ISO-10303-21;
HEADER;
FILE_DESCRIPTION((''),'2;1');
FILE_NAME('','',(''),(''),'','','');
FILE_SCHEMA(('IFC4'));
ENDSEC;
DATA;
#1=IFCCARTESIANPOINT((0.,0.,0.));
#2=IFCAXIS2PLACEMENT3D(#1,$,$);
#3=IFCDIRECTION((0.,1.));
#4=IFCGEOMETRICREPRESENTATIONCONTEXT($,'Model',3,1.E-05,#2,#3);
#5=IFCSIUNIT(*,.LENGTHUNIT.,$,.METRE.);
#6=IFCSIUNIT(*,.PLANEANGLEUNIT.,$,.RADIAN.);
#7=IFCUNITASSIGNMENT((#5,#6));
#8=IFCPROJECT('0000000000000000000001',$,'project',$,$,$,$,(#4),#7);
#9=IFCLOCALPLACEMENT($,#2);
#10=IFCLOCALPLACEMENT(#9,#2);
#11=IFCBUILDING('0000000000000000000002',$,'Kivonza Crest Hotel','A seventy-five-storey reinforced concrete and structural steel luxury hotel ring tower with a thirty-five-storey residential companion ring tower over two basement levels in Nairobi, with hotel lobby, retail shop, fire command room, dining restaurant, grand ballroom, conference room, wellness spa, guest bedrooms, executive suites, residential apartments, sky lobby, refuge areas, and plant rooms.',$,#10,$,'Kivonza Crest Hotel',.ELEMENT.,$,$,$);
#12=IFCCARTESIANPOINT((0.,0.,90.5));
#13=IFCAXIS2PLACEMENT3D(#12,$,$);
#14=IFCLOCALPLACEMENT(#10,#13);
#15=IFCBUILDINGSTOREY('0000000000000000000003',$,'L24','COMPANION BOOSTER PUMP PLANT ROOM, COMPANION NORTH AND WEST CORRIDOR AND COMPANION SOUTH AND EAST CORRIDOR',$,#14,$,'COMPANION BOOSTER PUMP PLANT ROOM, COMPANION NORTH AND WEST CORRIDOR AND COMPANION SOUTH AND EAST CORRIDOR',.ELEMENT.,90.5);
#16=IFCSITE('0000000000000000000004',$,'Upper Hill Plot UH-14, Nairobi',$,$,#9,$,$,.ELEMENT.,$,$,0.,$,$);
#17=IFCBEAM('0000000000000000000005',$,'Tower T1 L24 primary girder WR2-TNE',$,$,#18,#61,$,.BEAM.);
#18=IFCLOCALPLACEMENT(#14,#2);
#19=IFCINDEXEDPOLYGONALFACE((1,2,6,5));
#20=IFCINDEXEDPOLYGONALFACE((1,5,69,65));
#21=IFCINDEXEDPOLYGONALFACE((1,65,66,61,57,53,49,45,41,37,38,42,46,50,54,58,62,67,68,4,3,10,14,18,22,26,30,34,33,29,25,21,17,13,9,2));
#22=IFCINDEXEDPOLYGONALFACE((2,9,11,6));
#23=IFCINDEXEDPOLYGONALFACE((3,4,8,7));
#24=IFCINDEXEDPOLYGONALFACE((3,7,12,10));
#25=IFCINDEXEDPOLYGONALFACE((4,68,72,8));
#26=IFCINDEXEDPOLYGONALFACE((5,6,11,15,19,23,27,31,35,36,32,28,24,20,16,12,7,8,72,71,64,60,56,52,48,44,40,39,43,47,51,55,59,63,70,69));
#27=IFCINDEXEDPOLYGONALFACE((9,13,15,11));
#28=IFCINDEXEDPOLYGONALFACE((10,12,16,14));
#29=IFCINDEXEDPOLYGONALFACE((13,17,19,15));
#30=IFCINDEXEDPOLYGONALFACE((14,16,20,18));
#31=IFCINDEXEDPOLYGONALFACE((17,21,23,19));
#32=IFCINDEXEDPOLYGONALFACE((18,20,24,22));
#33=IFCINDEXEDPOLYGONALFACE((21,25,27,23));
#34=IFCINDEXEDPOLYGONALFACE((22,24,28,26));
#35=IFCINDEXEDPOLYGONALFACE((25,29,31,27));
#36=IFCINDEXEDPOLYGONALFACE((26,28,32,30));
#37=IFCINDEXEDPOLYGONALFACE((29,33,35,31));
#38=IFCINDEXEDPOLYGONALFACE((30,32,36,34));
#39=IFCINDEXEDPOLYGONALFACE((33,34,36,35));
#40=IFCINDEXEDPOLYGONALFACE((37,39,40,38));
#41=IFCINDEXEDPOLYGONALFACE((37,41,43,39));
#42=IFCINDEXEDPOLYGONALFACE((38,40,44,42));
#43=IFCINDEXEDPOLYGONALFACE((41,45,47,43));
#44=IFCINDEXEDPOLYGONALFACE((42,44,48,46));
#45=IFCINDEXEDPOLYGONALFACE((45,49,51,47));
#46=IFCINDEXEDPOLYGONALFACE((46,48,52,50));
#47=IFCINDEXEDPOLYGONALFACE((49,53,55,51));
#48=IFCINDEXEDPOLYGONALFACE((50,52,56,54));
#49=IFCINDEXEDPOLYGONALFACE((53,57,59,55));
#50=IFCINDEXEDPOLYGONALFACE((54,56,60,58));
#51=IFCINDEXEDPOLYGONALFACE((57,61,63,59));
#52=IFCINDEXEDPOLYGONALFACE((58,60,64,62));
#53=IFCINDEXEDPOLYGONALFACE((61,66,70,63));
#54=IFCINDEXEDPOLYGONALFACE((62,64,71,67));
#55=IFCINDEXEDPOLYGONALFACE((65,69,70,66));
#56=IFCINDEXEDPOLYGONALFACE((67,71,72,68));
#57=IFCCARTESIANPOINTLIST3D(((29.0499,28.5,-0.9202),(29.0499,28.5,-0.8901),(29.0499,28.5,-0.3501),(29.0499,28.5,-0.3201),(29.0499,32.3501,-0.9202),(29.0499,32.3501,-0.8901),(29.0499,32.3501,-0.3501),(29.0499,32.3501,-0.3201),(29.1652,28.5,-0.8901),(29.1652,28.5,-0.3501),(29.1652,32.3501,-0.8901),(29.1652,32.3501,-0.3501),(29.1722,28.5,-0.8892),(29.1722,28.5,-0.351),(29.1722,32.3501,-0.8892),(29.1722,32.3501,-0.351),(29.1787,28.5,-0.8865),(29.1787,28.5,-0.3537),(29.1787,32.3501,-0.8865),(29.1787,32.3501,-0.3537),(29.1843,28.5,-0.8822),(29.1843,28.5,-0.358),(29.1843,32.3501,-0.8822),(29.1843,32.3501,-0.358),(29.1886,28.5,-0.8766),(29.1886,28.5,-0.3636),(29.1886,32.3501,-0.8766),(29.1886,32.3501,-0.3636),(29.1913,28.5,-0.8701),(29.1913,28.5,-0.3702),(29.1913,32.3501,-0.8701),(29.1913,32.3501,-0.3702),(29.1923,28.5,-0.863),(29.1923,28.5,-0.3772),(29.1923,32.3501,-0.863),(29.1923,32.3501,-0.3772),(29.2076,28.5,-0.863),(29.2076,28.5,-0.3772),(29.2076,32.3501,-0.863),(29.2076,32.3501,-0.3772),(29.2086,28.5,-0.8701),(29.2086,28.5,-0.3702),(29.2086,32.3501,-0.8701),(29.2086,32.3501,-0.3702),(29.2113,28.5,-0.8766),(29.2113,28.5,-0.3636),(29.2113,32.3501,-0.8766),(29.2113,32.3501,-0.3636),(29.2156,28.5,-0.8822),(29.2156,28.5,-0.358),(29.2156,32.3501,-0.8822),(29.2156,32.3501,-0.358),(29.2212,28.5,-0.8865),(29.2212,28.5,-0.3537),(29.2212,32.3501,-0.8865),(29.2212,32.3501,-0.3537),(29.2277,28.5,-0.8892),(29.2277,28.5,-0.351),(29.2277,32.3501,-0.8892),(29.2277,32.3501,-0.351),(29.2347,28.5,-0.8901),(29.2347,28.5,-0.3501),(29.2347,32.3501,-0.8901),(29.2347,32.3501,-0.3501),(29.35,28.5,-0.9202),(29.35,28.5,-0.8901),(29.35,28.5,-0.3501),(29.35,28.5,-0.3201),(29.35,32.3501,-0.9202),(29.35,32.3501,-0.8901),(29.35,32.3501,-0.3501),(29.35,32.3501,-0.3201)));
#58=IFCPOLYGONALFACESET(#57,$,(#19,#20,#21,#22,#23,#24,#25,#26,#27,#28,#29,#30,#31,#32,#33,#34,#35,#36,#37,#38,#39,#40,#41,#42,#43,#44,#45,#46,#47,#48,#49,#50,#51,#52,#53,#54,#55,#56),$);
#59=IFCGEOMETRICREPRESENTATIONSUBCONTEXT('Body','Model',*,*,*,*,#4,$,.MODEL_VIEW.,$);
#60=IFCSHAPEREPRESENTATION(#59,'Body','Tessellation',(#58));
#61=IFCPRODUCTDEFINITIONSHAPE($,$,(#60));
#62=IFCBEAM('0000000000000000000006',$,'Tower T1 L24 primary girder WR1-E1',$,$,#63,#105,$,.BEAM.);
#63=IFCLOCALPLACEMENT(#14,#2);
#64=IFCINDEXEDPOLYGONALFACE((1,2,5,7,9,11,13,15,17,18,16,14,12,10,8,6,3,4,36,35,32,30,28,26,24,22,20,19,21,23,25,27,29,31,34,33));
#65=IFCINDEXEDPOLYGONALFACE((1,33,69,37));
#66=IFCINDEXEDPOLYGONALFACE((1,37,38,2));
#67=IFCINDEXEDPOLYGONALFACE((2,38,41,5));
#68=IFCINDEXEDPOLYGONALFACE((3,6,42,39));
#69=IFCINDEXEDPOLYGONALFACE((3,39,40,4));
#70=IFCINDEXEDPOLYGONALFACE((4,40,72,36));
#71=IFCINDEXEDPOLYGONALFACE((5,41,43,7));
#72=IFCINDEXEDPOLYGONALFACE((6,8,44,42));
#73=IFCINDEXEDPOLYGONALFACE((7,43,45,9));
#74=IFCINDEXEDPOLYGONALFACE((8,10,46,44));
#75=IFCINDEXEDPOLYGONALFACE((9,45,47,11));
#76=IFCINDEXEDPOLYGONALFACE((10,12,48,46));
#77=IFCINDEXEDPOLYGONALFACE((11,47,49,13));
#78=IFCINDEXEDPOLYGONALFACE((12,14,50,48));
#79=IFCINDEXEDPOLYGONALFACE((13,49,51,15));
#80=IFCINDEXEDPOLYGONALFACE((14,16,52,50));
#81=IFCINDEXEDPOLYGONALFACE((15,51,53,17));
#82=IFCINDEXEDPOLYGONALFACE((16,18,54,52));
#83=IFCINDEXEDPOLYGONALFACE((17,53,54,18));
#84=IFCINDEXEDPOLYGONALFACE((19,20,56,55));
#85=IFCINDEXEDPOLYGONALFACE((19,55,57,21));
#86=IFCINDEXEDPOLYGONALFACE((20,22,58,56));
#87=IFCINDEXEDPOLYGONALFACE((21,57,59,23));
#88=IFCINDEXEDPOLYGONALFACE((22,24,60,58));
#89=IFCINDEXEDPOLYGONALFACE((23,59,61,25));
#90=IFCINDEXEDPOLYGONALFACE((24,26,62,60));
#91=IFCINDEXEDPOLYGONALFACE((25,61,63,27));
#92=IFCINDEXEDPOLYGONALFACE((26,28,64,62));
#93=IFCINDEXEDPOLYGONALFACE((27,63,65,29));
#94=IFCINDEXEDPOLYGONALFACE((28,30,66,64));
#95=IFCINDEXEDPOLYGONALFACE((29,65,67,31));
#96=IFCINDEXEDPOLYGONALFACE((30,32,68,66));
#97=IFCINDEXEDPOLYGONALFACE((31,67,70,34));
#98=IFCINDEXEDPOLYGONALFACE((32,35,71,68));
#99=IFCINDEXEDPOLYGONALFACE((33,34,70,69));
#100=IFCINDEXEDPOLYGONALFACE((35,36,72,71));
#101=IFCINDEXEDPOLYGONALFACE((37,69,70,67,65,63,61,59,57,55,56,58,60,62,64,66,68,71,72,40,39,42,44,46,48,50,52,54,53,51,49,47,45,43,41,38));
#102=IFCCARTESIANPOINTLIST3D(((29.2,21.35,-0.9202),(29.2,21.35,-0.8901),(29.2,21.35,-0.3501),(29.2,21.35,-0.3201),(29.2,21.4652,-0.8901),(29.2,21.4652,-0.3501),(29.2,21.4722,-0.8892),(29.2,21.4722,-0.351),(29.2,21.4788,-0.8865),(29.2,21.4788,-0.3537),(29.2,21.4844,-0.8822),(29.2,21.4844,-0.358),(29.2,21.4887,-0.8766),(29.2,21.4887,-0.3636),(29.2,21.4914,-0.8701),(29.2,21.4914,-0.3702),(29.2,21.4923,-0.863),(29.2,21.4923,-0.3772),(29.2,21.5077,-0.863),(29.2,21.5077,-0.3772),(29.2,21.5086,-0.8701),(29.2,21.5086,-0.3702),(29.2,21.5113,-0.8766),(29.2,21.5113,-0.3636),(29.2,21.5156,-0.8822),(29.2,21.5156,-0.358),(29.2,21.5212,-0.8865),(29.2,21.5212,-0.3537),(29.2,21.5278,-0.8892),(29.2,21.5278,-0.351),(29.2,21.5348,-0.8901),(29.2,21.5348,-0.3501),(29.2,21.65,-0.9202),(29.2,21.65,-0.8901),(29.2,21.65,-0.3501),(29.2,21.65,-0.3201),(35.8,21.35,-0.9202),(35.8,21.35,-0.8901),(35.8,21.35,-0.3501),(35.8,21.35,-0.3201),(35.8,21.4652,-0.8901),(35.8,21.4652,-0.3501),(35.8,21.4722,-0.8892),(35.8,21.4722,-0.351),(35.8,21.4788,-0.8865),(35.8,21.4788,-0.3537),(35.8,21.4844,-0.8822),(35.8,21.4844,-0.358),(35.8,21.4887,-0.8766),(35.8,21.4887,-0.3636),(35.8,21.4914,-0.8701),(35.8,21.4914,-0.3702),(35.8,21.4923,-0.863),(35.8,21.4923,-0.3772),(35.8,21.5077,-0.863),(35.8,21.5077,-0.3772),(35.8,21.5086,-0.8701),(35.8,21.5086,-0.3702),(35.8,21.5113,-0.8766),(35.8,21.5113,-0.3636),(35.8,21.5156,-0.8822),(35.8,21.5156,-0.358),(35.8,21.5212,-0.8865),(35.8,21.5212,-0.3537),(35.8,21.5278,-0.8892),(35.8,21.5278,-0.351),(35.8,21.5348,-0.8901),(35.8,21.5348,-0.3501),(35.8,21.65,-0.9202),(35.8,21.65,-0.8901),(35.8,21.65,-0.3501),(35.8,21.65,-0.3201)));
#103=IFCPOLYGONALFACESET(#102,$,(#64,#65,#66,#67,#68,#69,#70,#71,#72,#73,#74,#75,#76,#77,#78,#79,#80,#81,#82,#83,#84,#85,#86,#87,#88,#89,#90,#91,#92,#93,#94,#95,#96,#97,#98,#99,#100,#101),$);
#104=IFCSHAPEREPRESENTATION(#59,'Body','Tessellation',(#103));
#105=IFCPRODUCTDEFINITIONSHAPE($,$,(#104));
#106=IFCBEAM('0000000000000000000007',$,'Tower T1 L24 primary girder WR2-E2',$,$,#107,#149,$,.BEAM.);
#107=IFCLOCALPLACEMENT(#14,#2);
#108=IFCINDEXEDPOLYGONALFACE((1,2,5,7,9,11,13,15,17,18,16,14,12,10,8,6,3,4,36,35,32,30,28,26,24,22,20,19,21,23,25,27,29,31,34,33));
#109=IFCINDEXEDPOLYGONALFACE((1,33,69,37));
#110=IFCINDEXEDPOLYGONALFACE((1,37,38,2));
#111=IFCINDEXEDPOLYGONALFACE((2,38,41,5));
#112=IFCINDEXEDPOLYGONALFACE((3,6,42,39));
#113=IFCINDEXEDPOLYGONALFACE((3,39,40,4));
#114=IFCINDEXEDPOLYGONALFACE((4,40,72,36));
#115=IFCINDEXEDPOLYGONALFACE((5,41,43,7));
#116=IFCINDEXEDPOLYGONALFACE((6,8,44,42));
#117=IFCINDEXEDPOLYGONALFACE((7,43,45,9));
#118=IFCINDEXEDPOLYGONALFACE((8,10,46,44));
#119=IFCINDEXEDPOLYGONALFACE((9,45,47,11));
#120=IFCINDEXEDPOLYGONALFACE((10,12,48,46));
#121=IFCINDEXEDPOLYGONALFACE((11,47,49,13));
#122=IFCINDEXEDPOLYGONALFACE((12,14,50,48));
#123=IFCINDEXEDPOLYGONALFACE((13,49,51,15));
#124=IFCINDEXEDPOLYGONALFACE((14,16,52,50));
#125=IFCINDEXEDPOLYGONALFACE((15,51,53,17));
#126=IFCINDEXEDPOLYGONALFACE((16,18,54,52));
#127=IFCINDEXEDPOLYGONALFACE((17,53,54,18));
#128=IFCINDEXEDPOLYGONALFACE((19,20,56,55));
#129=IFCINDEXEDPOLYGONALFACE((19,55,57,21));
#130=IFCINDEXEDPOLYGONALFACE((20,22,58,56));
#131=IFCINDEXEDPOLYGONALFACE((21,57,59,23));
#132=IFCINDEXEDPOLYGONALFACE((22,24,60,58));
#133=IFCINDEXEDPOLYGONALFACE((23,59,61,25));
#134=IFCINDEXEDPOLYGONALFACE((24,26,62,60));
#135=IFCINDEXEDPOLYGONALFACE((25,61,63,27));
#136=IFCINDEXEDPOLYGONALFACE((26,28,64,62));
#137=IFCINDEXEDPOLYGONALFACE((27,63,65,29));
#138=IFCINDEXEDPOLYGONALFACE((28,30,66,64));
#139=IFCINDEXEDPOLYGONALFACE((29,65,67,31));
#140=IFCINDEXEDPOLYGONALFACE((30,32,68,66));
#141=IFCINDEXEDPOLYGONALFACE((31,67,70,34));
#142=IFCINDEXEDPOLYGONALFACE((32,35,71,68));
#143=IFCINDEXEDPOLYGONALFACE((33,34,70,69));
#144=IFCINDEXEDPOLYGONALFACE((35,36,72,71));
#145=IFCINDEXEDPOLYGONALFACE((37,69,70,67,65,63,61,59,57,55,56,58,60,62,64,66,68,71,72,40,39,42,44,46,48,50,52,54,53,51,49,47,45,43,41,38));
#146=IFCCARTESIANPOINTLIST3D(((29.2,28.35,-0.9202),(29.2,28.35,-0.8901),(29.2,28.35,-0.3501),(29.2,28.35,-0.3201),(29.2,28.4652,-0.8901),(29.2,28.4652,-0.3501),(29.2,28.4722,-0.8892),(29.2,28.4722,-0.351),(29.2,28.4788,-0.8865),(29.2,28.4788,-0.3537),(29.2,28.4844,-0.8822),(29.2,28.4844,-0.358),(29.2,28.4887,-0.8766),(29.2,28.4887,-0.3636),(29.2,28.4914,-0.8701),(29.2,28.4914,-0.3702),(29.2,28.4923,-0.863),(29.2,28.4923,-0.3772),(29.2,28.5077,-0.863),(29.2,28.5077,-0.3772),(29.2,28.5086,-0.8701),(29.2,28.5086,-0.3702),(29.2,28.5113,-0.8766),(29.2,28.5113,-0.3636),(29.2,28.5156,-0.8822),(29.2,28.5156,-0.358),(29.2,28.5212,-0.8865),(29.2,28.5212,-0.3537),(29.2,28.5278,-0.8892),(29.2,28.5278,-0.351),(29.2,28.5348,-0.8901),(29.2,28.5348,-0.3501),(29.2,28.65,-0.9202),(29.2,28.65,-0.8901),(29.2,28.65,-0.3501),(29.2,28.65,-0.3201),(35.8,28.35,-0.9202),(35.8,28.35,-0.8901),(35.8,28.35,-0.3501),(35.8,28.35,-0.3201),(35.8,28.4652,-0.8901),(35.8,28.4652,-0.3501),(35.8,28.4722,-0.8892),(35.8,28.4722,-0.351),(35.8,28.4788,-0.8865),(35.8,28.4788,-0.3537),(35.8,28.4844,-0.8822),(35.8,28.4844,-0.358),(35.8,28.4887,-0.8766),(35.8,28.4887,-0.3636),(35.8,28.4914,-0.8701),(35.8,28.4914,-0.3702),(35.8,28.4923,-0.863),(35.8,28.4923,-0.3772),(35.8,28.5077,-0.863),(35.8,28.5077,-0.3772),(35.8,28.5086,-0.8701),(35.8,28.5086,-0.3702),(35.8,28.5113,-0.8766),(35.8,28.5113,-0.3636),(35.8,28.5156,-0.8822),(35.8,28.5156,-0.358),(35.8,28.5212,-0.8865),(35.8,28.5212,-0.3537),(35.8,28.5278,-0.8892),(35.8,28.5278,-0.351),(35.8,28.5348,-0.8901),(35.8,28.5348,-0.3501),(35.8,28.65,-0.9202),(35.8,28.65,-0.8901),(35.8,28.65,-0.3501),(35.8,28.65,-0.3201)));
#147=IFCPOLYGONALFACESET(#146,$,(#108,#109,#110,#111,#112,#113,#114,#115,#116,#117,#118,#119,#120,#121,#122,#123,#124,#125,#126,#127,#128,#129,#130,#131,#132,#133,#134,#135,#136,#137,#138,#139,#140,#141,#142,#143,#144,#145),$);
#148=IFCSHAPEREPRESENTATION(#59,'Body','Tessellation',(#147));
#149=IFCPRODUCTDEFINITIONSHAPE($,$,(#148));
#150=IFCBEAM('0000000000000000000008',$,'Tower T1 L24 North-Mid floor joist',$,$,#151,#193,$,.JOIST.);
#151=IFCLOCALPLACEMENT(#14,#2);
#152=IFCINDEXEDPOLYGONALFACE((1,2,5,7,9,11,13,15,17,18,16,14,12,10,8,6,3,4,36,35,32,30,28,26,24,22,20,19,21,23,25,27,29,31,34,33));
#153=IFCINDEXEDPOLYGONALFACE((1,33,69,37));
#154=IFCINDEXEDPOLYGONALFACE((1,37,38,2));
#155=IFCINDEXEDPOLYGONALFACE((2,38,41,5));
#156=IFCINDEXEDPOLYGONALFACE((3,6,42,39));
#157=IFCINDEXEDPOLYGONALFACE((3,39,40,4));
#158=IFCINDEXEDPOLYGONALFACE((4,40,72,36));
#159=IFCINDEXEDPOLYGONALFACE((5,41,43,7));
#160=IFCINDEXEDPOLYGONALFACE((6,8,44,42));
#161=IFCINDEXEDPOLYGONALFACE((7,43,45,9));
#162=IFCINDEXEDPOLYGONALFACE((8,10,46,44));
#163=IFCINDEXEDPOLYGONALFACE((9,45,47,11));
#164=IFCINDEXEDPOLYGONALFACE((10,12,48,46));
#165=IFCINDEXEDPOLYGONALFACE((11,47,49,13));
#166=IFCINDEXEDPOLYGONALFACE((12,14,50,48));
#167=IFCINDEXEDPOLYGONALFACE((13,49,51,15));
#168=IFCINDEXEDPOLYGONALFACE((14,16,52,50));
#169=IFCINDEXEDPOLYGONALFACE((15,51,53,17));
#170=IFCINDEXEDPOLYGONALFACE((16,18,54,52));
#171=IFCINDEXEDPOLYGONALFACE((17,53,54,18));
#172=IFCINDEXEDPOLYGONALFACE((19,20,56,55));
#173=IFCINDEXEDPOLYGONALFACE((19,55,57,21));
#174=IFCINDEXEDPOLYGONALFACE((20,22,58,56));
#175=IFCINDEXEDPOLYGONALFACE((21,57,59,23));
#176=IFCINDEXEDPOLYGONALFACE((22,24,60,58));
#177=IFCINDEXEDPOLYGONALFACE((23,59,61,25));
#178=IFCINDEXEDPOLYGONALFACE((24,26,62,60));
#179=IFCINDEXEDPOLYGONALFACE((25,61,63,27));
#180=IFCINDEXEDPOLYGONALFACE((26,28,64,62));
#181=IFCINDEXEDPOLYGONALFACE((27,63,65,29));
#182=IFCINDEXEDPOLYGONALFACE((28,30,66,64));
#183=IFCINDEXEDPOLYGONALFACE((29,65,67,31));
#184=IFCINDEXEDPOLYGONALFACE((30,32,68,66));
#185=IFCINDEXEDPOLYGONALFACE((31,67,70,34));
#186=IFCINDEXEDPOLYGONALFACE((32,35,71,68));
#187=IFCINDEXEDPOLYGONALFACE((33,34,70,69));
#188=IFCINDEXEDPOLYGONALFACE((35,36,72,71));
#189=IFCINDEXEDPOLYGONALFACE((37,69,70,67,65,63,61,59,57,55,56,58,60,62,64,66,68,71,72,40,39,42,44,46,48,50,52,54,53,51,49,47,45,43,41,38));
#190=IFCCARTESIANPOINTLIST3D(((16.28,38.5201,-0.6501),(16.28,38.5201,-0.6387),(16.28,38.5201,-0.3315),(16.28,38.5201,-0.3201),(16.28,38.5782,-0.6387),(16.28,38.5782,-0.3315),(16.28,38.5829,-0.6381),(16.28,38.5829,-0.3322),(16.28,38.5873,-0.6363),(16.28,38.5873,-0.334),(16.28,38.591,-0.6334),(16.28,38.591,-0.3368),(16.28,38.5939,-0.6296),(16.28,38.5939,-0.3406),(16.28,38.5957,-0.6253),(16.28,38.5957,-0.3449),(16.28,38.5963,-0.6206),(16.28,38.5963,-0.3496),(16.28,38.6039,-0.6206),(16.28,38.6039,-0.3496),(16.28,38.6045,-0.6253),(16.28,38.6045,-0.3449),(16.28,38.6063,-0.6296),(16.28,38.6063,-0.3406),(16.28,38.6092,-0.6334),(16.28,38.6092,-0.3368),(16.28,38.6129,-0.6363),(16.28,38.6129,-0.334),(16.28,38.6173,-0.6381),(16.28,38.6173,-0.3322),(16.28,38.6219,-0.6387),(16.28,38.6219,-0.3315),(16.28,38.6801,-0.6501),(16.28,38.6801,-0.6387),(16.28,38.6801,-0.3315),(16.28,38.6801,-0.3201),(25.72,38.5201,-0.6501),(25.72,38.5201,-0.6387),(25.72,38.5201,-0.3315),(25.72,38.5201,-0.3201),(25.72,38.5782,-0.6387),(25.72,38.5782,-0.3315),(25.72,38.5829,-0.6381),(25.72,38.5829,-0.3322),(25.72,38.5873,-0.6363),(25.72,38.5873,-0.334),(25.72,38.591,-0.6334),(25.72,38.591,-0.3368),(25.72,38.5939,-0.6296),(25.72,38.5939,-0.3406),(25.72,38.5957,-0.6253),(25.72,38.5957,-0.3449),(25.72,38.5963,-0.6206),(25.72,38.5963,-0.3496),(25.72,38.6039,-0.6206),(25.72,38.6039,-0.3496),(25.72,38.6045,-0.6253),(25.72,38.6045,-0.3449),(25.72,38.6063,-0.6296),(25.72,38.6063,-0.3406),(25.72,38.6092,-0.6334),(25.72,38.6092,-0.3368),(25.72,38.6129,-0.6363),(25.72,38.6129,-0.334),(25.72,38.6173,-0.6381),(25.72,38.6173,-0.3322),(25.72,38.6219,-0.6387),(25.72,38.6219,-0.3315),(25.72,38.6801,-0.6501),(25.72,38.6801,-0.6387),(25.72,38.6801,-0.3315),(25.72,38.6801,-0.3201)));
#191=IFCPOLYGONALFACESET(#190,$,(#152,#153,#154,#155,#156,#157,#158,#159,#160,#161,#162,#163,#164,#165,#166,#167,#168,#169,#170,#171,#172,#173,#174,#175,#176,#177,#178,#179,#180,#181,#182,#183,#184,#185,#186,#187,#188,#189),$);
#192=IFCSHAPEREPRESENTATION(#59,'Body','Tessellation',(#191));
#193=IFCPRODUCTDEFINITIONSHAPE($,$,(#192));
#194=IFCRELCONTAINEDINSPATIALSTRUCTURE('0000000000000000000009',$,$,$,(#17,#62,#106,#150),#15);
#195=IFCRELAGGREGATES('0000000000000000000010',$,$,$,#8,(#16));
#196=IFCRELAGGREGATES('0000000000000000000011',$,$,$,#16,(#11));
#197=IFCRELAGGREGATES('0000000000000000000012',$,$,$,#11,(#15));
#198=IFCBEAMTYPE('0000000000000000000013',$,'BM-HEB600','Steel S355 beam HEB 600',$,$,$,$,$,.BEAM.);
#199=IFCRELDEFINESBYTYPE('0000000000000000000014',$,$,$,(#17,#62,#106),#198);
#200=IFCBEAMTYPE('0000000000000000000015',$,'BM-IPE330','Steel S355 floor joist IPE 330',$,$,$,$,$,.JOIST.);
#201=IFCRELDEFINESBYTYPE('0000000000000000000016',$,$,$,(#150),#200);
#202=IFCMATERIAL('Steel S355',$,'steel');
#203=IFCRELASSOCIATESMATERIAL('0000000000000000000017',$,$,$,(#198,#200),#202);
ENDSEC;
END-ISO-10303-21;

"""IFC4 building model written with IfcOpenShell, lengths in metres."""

from ifc_helpers import new_model, si_unit, direction, frame, origin, origin_2d, place, context, subcontext, project, spatial, i_section, extrude, material, material_profile, profile_set, type_object, element, save


model = new_model("IFC4")

# Units and contexts
model_context = context("Model", 3, precision=1e-05, world=origin(), true_north=direction((0.0, 1.0)))
body_context = subcontext(model_context, "Body", "Model", "MODEL_VIEW")
ifc_project = project(units=[si_unit("LENGTHUNIT", "METRE"), si_unit("PLANEANGLEUNIT", "RADIAN")], contexts=[model_context])

# Site, building, storey
site_placement = place(None, origin())
site = spatial("IfcSite", under=ifc_project, at=site_placement, Name="Upper Hill Plot UH-14, Nairobi", CompositionType="ELEMENT", RefElevation=0.0)
building_placement = place(site_placement, origin())
building = spatial("IfcBuilding", under=site, at=building_placement, Name="Kivonza Crest Hotel", Description="A seventy-five-storey reinforced concrete and structural steel luxury hotel ring tower with a thirty-five-storey residential companion ring tower over two basement levels in Nairobi, with hotel lobby, retail shop, fire command room, dining restaurant, grand ballroom, conference room, wellness spa, guest bedrooms, executive suites, residential apartments, sky lobby, refuge areas, and plant rooms.", LongName="Kivonza Crest Hotel", CompositionType="ELEMENT")
storey_placement = place(building_placement, frame((0.0, 0.0, 90.5)))
storey = spatial("IfcBuildingStorey", under=building, at=storey_placement, Name="L24", Description="COMPANION BOOSTER PUMP PLANT ROOM, COMPANION NORTH AND WEST CORRIDOR AND COMPANION SOUTH AND EAST CORRIDOR", LongName="COMPANION BOOSTER PUMP PLANT ROOM, COMPANION NORTH AND WEST CORRIDOR AND COMPANION SOUTH AND EAST CORRIDOR", CompositionType="ELEMENT", Elevation=90.5)

# Shared definitions
ifc_material_1 = material(Name="Steel S355", Category="steel")

# Beams
ifc_material_profile_1 = material_profile(ifc_material_1, i_section(OverallWidth=0.3, OverallDepth=0.6001, WebThickness=0.0154, FlangeThickness=0.03, FilletRadius=0.0271, at=origin_2d()), Name="HEB 600")
ifc_profile_set_1 = profile_set([ifc_material_profile_1], Name="Steel S355")
beam_type_1 = type_object("IfcBeamType", Name="BM-HEB600", Description="Steel S355 beam HEB 600", PredefinedType="BEAM", material=ifc_profile_set_1)
beam_1_placement = place(storey_placement, frame((29.2, 28.5, -0.6201), z_axis=(0.0, 1.0, 0.0), x_axis=(-1.0, 0.0, 0.0)))
element("IfcBeam", 1, at=beam_1_placement, inside=storey, type_object=beam_type_1, Name="Tower T1 L24 primary girder WR2-TNE", PredefinedType="BEAM", context=body_context, shape_type="SweptSolid", body=[
    extrude(i_section(OverallWidth=0.3, OverallDepth=0.6001, WebThickness=0.0154, FlangeThickness=0.03, FilletRadius=0.0271, at=origin_2d()), origin(), (0.0, 0.0, 1.0), 3.8501),
])
for number, where, z_axis, x_axis, name in (
    (2, (29.2, 21.5, -0.6201), (1.0, 0.0, 0.0), (0.0, 1.0, 0.0), "Tower T1 L24 primary girder WR1-E1"),
    (3, (29.2, 28.5, -0.6201), (1.0, 0.0, 0.0), (0.0, 1.0, 0.0), "Tower T1 L24 primary girder WR2-E2"),
):
    element("IfcBeam", number, at=place(storey_placement, frame(where, z_axis=z_axis, x_axis=x_axis)), inside=storey, type_object=beam_type_1, Name=name, PredefinedType="BEAM", context=body_context, shape_type="SweptSolid", body=[
        extrude(i_section(OverallWidth=0.3, OverallDepth=0.6001, WebThickness=0.0154, FlangeThickness=0.03, FilletRadius=0.0271, at=origin_2d()), origin(), (0.0, 0.0, 1.0), 6.6001),
    ])
ifc_material_profile_2 = material_profile(ifc_material_1, i_section(OverallWidth=0.1599, OverallDepth=0.3301, WebThickness=0.0076, FlangeThickness=0.0115, FilletRadius=0.0181, at=origin_2d()), Name="IPE 330")
ifc_profile_set_2 = profile_set([ifc_material_profile_2], Name="Steel S355")
beam_type_2 = type_object("IfcBeamType", Name="BM-IPE330", Description="Steel S355 floor joist IPE 330", PredefinedType="JOIST", material=ifc_profile_set_2)
beam_2_placement = place(storey_placement, frame((16.28, 38.6001, -0.4851), z_axis=(1.0, 0.0, 0.0), x_axis=(0.0, 1.0, 0.0)))
element("IfcBeam", 4, at=beam_2_placement, inside=storey, type_object=beam_type_2, Name="Tower T1 L24 North-Mid floor joist", PredefinedType="JOIST", context=body_context, shape_type="SweptSolid", body=[
    extrude(i_section(OverallWidth=0.1599, OverallDepth=0.3301, WebThickness=0.0076, FlangeThickness=0.0115, FilletRadius=0.0181, at=origin_2d()), origin(), (0.0, 0.0, 1.0), 9.4399),
])

save(model, "model.ifc")
